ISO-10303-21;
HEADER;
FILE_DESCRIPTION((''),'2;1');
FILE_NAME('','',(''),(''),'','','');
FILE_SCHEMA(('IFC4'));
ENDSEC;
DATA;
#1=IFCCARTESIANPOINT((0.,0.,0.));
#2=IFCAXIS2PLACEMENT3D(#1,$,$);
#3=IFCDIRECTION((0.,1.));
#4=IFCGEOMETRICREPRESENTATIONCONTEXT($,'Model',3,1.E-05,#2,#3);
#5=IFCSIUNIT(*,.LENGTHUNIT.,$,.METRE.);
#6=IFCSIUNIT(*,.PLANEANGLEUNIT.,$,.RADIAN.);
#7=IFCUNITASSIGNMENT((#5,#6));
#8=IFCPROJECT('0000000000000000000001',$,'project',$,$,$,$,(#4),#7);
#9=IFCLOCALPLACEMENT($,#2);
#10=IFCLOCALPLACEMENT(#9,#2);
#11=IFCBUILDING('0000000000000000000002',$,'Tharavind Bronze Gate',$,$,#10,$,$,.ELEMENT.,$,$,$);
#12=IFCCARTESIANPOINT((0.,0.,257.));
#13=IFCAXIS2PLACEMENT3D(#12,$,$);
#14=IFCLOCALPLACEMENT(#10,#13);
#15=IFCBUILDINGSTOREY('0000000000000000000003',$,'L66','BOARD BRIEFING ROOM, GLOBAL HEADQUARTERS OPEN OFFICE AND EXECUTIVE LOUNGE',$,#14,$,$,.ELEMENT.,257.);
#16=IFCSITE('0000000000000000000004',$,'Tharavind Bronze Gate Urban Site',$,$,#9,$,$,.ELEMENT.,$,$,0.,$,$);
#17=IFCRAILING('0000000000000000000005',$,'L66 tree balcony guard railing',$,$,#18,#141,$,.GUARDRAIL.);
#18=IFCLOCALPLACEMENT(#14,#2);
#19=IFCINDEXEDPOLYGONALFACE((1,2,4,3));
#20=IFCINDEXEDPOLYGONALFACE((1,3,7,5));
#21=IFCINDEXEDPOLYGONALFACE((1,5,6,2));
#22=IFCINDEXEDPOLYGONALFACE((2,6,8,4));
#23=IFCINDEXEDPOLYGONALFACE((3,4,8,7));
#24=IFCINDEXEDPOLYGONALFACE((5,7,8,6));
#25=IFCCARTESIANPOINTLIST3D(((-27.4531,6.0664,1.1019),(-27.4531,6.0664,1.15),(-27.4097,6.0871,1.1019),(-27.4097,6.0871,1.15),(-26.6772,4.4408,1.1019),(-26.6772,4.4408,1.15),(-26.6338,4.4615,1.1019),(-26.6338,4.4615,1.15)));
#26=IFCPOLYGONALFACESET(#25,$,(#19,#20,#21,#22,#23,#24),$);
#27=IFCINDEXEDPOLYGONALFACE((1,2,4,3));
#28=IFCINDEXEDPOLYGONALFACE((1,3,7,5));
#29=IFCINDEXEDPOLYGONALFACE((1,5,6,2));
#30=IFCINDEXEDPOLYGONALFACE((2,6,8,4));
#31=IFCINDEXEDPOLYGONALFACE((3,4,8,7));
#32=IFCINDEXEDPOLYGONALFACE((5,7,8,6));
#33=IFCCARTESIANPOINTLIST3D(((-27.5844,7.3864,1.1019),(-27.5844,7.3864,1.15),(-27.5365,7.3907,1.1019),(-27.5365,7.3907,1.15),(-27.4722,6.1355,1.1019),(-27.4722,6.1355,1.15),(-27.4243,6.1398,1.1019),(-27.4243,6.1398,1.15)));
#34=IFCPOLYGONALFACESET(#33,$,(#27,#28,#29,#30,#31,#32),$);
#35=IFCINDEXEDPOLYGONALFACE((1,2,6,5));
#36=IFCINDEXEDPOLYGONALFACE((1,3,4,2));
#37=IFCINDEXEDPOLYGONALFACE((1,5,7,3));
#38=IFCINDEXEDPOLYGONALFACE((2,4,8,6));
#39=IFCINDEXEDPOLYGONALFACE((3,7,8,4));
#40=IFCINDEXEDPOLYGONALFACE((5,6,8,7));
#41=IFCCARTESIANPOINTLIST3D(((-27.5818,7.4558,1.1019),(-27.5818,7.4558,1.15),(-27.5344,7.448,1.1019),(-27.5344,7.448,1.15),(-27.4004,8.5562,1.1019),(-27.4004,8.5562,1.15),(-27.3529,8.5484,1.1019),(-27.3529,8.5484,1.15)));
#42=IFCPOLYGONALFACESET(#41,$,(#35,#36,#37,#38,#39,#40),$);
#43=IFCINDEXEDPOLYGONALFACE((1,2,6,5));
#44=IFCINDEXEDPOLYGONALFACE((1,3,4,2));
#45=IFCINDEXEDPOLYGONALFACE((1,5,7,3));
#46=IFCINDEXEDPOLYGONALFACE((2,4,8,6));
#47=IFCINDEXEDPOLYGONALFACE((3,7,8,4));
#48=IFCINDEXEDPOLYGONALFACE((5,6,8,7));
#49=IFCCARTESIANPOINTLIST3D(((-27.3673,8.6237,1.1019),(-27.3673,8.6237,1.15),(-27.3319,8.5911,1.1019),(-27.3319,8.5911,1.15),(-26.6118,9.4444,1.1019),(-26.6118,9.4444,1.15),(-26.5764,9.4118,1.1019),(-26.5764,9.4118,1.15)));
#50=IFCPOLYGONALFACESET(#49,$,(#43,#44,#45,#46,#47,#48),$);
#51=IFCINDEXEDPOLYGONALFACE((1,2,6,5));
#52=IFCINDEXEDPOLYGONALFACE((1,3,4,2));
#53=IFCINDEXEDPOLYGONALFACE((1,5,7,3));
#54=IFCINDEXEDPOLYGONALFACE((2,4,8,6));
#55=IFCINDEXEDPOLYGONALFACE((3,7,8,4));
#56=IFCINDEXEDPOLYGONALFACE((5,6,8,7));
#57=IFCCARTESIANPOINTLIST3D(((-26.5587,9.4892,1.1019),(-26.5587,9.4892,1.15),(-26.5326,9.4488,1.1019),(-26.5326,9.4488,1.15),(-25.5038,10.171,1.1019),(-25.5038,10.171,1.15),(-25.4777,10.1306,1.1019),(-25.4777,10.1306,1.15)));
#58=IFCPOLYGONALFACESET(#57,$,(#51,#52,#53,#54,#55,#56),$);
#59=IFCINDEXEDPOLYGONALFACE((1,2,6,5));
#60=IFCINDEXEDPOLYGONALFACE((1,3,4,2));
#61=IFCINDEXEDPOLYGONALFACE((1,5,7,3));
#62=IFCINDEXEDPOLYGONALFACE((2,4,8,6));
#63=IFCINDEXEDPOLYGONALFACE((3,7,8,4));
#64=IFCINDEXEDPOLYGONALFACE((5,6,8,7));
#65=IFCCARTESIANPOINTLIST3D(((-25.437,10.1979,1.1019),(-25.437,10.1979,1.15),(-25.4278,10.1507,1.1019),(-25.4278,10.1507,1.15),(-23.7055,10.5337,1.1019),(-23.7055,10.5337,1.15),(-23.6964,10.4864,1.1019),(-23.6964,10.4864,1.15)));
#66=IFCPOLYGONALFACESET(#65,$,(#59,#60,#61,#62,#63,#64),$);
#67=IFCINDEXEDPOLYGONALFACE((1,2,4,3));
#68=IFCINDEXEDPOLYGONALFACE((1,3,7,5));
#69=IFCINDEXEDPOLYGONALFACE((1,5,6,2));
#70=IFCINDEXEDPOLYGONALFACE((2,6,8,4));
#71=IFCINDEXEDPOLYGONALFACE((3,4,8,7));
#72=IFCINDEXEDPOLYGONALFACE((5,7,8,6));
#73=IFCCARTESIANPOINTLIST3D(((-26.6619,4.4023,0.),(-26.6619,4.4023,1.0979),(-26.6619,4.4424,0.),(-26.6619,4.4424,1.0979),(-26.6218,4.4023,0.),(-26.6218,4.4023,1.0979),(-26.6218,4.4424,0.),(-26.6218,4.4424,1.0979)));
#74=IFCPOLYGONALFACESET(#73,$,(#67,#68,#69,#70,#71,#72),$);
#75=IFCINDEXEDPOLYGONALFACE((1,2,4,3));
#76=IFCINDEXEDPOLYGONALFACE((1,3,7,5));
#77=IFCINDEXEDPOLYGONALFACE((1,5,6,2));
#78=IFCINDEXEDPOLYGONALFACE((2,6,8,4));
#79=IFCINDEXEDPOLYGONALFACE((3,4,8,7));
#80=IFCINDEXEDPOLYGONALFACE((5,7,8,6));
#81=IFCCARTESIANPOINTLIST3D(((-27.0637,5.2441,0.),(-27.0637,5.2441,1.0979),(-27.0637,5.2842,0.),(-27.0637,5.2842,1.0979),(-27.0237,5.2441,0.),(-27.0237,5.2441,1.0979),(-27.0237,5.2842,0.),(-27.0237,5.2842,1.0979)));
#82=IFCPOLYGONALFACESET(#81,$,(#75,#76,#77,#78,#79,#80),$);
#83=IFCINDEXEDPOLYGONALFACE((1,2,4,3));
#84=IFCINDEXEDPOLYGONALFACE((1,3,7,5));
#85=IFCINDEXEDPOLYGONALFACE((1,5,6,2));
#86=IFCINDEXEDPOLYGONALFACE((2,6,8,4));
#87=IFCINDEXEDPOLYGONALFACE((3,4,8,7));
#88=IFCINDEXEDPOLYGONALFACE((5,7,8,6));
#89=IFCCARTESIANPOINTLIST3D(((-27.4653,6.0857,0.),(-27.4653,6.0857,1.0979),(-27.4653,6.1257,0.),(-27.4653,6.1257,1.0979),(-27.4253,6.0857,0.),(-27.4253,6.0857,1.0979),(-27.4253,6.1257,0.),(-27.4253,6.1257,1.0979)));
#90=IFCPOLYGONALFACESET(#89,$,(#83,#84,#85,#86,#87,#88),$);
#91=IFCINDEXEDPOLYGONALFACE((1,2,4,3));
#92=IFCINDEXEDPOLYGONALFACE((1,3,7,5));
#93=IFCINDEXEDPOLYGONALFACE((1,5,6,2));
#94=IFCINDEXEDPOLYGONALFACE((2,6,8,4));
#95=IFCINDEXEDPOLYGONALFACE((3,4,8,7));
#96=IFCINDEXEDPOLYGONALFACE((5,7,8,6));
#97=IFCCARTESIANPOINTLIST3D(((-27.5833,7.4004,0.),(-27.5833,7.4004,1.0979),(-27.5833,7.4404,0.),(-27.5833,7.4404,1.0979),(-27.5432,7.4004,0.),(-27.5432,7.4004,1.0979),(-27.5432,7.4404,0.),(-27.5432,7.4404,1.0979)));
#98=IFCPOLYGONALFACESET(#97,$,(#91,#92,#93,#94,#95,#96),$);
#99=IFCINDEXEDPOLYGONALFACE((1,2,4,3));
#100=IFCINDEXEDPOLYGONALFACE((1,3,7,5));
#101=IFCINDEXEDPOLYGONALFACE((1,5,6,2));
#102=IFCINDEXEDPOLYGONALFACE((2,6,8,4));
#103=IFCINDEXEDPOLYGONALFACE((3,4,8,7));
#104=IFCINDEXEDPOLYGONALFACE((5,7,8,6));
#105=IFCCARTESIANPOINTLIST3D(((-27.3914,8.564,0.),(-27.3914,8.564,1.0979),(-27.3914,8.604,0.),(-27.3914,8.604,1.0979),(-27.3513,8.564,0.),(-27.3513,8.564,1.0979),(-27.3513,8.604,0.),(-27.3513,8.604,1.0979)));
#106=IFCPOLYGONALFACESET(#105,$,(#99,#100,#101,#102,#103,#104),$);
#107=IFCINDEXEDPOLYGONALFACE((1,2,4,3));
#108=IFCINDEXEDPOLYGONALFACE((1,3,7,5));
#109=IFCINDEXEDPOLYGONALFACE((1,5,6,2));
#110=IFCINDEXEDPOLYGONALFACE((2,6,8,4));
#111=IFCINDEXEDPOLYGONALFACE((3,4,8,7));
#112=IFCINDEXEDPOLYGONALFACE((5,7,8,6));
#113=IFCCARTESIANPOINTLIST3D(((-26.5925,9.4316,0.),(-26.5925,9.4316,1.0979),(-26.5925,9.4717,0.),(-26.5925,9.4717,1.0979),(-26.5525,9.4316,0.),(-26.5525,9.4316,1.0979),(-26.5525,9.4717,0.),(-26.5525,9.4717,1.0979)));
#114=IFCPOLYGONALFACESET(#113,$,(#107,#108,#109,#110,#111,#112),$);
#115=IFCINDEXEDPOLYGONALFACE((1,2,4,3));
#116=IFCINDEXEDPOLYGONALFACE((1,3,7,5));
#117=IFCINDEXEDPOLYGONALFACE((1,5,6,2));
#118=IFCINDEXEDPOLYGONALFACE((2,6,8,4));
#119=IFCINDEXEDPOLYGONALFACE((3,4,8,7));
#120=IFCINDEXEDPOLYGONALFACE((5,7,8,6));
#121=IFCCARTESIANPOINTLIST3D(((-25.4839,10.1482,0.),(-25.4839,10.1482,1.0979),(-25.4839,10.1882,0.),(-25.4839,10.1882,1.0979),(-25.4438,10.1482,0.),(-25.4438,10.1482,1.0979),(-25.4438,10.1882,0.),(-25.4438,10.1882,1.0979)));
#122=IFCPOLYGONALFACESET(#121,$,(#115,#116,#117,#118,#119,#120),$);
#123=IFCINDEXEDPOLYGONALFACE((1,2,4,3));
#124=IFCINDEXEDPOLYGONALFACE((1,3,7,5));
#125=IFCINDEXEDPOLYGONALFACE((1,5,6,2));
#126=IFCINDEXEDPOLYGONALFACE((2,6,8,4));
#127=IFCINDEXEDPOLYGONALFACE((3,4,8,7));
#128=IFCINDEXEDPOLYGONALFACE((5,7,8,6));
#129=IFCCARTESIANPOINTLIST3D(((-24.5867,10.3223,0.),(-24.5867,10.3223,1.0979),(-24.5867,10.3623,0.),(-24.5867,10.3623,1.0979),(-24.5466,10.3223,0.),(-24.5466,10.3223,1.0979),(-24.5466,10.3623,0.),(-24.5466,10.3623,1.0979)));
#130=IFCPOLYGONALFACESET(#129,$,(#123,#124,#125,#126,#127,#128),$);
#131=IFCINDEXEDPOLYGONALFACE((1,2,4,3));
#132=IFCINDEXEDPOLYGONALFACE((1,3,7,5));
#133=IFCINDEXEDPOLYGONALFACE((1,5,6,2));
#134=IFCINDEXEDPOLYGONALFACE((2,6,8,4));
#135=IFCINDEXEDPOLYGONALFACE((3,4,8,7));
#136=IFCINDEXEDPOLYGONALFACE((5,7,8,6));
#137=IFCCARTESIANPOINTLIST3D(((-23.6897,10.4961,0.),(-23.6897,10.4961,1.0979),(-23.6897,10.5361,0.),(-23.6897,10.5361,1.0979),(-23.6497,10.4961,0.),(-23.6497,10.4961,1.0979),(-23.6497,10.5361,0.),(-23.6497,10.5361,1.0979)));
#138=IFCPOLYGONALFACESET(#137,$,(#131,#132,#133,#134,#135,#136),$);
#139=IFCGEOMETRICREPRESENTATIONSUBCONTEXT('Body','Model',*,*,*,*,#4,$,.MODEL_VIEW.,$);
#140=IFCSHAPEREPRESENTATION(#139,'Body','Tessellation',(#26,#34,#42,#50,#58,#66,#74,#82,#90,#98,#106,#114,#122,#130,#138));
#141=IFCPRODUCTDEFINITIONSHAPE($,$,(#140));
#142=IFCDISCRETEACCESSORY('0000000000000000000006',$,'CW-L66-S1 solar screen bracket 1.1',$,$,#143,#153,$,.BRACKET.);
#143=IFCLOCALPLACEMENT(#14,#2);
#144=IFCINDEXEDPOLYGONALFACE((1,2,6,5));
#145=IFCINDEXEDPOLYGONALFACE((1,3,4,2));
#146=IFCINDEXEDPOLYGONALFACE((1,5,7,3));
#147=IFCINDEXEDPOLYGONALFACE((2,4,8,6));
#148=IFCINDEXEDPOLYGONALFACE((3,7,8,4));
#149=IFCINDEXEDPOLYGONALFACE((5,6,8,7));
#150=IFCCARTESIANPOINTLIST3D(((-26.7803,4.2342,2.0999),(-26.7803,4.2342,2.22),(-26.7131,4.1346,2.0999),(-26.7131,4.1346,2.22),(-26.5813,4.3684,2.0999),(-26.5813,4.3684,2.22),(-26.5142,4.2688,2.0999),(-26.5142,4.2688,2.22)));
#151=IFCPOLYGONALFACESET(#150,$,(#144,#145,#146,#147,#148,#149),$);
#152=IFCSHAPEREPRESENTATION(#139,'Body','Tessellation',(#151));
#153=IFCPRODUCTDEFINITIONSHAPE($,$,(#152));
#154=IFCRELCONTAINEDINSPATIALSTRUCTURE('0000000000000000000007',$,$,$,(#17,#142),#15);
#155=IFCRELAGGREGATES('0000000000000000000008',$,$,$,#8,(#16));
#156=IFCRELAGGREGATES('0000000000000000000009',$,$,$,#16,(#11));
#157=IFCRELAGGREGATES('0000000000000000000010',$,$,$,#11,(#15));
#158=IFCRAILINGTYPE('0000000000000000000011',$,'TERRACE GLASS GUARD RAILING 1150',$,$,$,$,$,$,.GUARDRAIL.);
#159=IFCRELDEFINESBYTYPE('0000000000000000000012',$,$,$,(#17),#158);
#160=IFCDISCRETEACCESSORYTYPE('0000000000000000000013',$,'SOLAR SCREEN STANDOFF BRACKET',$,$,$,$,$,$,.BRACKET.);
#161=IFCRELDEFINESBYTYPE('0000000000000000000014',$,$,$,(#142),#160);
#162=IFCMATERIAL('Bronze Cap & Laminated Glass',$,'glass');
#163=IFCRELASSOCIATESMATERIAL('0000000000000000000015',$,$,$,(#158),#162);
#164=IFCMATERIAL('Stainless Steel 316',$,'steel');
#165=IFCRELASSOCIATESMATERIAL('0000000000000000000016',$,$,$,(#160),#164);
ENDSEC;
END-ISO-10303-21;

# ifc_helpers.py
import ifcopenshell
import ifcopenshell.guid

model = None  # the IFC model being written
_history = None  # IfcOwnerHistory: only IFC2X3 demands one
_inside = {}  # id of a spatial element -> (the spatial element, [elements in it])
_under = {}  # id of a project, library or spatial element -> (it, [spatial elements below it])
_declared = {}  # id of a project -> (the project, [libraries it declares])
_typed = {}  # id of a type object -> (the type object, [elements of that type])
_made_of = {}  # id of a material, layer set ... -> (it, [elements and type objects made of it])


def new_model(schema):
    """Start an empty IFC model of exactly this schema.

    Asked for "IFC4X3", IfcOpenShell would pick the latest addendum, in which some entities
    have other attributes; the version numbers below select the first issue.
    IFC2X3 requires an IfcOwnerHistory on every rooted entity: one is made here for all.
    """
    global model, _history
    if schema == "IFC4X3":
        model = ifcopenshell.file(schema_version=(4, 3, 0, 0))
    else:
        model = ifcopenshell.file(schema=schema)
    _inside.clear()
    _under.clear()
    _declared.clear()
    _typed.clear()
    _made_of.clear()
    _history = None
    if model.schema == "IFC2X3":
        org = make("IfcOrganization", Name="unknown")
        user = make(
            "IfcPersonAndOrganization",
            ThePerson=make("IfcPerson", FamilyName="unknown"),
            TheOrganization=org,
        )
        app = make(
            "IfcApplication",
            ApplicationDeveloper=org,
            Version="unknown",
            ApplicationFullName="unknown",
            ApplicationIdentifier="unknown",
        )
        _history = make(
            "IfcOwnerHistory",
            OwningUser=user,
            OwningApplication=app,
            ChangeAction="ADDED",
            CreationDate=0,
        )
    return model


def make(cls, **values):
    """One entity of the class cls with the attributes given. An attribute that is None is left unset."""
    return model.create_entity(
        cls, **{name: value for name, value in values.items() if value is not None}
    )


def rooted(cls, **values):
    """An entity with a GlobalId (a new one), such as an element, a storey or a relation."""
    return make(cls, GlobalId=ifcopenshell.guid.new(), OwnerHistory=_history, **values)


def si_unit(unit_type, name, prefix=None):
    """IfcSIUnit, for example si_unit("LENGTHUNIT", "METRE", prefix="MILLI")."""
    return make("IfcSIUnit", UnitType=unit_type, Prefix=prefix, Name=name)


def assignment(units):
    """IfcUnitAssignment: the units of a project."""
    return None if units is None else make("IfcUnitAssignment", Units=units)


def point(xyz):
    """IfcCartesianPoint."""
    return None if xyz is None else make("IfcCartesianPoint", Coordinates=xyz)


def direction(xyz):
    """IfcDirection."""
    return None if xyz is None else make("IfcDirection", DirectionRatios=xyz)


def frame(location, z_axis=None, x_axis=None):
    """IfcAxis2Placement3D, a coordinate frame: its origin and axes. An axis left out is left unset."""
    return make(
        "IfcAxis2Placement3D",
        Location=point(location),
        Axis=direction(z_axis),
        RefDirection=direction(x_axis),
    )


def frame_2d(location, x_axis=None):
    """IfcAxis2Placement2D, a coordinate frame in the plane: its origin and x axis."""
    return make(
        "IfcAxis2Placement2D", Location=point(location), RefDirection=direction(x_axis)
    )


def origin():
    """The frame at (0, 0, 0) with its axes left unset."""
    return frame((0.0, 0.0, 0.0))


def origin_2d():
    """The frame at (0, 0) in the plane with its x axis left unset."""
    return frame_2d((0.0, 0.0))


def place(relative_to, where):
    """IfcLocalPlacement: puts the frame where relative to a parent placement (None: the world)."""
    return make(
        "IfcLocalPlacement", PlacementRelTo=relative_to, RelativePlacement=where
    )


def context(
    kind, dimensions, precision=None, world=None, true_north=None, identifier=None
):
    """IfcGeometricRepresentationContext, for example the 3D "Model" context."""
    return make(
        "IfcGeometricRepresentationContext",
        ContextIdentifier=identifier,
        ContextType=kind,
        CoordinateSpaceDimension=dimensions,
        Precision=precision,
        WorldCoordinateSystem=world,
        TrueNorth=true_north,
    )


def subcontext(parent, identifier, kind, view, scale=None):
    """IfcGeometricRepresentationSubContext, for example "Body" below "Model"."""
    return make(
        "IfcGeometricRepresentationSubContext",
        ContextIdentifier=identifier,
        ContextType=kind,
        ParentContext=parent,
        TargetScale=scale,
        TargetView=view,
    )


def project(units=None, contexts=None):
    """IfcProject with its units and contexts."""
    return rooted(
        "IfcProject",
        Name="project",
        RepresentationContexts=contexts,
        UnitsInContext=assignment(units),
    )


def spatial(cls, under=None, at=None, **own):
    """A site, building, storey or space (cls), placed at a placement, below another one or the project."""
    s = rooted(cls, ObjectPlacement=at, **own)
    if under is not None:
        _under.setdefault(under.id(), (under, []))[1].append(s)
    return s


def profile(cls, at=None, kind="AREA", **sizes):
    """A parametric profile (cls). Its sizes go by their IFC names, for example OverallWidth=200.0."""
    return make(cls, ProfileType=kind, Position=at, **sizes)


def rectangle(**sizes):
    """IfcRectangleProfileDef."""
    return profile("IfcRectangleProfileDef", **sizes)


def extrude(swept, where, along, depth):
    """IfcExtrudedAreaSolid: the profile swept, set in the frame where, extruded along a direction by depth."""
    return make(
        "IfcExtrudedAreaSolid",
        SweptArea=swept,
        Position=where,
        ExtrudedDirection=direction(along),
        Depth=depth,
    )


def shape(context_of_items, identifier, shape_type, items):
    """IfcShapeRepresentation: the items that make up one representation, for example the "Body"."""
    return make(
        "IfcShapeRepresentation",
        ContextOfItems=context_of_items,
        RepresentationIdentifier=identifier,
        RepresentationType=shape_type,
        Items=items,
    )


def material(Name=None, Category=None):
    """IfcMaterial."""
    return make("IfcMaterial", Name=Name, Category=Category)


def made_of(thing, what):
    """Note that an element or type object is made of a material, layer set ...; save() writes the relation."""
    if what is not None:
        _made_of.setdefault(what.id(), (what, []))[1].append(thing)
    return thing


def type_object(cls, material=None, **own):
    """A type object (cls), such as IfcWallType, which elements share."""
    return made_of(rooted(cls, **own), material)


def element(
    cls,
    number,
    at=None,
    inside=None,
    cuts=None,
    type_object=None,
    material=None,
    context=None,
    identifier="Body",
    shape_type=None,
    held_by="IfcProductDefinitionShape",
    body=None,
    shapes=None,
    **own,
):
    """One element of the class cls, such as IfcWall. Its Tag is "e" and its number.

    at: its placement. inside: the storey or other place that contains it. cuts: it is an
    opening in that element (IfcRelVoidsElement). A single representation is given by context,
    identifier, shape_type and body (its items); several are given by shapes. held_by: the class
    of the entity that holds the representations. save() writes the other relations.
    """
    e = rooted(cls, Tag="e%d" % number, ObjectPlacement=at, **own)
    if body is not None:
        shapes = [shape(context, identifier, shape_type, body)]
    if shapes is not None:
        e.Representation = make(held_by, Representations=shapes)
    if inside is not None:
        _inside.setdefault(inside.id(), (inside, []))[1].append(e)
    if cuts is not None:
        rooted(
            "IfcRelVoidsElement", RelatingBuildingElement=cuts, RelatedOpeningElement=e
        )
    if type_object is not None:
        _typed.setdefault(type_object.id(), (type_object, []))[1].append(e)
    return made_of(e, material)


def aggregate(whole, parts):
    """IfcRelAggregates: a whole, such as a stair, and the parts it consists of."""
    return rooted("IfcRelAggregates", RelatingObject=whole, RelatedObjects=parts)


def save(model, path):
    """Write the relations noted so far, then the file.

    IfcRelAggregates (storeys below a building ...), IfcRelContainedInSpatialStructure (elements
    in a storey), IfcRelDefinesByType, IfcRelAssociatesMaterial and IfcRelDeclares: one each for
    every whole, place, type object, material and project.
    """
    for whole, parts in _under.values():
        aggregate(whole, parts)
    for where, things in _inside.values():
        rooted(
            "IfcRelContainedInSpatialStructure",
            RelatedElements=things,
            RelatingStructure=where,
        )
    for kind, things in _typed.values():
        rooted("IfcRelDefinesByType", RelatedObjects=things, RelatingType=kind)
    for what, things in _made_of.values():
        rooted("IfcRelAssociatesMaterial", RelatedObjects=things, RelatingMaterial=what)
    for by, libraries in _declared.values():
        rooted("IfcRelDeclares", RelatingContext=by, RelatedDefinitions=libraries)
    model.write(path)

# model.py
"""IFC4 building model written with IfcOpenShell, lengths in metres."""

from ifc_helpers import new_model, si_unit, direction, frame, origin, origin_2d, place, context, subcontext, project, spatial, rectangle, extrude, material, type_object, element, save


model = new_model("IFC4")

# Units and contexts
model_context = context("Model", 3, precision=1e-05, world=origin(), true_north=direction((0.0, 1.0)))
body_context = subcontext(model_context, "Body", "Model", "MODEL_VIEW")
ifc_project = project(units=[si_unit("LENGTHUNIT", "METRE"), si_unit("PLANEANGLEUNIT", "RADIAN")], contexts=[model_context])

# Site, building, storey
site_placement = place(None, origin())
site = spatial("IfcSite", under=ifc_project, at=site_placement, Name="Tharavind Bronze Gate Urban Site", CompositionType="ELEMENT", RefElevation=0.0)
building_placement = place(site_placement, origin())
building = spatial("IfcBuilding", under=site, at=building_placement, Name="Tharavind Bronze Gate", CompositionType="ELEMENT")
storey_placement = place(building_placement, frame((0.0, 0.0, 257.0)))
storey = spatial("IfcBuildingStorey", under=building, at=storey_placement, Name="L66", Description="BOARD BRIEFING ROOM, GLOBAL HEADQUARTERS OPEN OFFICE AND EXECUTIVE LOUNGE", CompositionType="ELEMENT", Elevation=257.0)

# Railing
ifc_material_1 = material(Name="Bronze Cap & Laminated Glass", Category="glass")
railing_type = type_object("IfcRailingType", Name="TERRACE GLASS GUARD RAILING 1150", PredefinedType="GUARDRAIL", material=ifc_material_1)
railing_placement = place(storey_placement, frame((-26.6418, 4.4224, 0.0)))
element("IfcRailing", 1, at=railing_placement, inside=storey, type_object=railing_type, Name="L66 tree balcony guard railing", PredefinedType="GUARDRAIL", context=body_context, shape_type="SweptSolid", body=[
    extrude(rectangle(XDim=0.0481, YDim=0.0481, at=origin_2d()), frame((-0.0137, 0.0288, 1.126), z_axis=(-0.430751, 0.902471, 0.0), x_axis=(-0.902471, -0.430751, 0.0)), (0.0, 0.0, 1.0), 1.8013),
    extrude(rectangle(XDim=0.0481, YDim=0.0481, at=origin_2d()), frame((-0.8064, 1.7153, 1.126), z_axis=(-0.089335, 0.996002, 0.0), x_axis=(-0.996002, -0.089335, 0.0)), (0.0, 0.0, 1.0), 1.2559),
    extrude(rectangle(XDim=0.0481, YDim=0.0481, at=origin_2d()), frame((-0.9163, 3.0295, 1.126), z_axis=(0.16272, 0.986672, 0.0), x_axis=(-0.986672, 0.16272, 0.0)), (0.0, 0.0, 1.0), 1.1152),
    extrude(rectangle(XDim=0.0481, YDim=0.0481, at=origin_2d()), frame((-0.7078, 4.1851, 1.126), z_axis=(0.677317, 0.735692, 0.0), x_axis=(-0.735692, 0.677317, 0.0)), (0.0, 0.0, 1.0), 1.1155),
    extrude(rectangle(XDim=0.0481, YDim=0.0481, at=origin_2d()), frame((0.0962, 5.0466, 1.126), z_axis=(0.839848, 0.542822, 0.0), x_axis=(-0.542822, 0.839848, 0.0)), (0.0, 0.0, 1.0), 1.2561),
    extrude(rectangle(XDim=0.0481, YDim=0.0481, at=origin_2d()), frame((1.2095, 5.752, 1.126), z_axis=(0.981715, 0.190358, 0.0), x_axis=(-0.190358, 0.981715, 0.0)), (0.0, 0.0, 1.0), 1.7637),
    extrude(rectangle(XDim=0.04, YDim=0.04, at=origin_2d()), origin(), (0.0, 0.0, 1.0), 1.0979),
    extrude(rectangle(XDim=0.04, YDim=0.04, at=origin_2d()), frame((-0.4019, 0.8418, 0.0)), (0.0, 0.0, 1.0), 1.0979),
    extrude(rectangle(XDim=0.04, YDim=0.04, at=origin_2d()), frame((-0.8035, 1.6833, 0.0)), (0.0, 0.0, 1.0), 1.0979),
    extrude(rectangle(XDim=0.04, YDim=0.04, at=origin_2d()), frame((-0.9214, 2.998, 0.0)), (0.0, 0.0, 1.0), 1.0979),
    extrude(rectangle(XDim=0.04, YDim=0.04, at=origin_2d()), frame((-0.7295, 4.1616, 0.0)), (0.0, 0.0, 1.0), 1.0979),
    extrude(rectangle(XDim=0.04, YDim=0.04, at=origin_2d()), frame((0.0693, 5.0293, 0.0)), (0.0, 0.0, 1.0), 1.0979),
    extrude(rectangle(XDim=0.04, YDim=0.04, at=origin_2d()), frame((1.178, 5.7458, 0.0)), (0.0, 0.0, 1.0), 1.0979),
    extrude(rectangle(XDim=0.04, YDim=0.04, at=origin_2d()), frame((2.0752, 5.9199, 0.0)), (0.0, 0.0, 1.0), 1.0979),
    extrude(rectangle(XDim=0.04, YDim=0.04, at=origin_2d()), frame((2.9722, 6.0938, 0.0)), (0.0, 0.0, 1.0), 1.0979),
])

# Discrete accessory
ifc_material_2 = material(Name="Stainless Steel 316", Category="steel")
discrete_accessory_type = type_object("IfcDiscreteAccessoryType", Name="SOLAR SCREEN STANDOFF BRACKET", PredefinedType="BRACKET", material=ifc_material_2)
discrete_accessory_placement = place(storey_placement, frame((-26.6472, 4.2515, 2.0999), z_axis=(0.0, 0.0, 1.0), x_axis=(0.559191, -0.829039, 0.0)))
element("IfcDiscreteAccessory", 2, at=discrete_accessory_placement, inside=storey, type_object=discrete_accessory_type, Name="CW-L66-S1 solar screen bracket 1.1", PredefinedType="BRACKET", context=body_context, shape_type="SweptSolid", body=[
    extrude(rectangle(XDim=0.1201, YDim=0.24, at=origin_2d()), origin(), (0.0, 0.0, 1.0), 0.1201),
])

save(model, "model.ifc")
